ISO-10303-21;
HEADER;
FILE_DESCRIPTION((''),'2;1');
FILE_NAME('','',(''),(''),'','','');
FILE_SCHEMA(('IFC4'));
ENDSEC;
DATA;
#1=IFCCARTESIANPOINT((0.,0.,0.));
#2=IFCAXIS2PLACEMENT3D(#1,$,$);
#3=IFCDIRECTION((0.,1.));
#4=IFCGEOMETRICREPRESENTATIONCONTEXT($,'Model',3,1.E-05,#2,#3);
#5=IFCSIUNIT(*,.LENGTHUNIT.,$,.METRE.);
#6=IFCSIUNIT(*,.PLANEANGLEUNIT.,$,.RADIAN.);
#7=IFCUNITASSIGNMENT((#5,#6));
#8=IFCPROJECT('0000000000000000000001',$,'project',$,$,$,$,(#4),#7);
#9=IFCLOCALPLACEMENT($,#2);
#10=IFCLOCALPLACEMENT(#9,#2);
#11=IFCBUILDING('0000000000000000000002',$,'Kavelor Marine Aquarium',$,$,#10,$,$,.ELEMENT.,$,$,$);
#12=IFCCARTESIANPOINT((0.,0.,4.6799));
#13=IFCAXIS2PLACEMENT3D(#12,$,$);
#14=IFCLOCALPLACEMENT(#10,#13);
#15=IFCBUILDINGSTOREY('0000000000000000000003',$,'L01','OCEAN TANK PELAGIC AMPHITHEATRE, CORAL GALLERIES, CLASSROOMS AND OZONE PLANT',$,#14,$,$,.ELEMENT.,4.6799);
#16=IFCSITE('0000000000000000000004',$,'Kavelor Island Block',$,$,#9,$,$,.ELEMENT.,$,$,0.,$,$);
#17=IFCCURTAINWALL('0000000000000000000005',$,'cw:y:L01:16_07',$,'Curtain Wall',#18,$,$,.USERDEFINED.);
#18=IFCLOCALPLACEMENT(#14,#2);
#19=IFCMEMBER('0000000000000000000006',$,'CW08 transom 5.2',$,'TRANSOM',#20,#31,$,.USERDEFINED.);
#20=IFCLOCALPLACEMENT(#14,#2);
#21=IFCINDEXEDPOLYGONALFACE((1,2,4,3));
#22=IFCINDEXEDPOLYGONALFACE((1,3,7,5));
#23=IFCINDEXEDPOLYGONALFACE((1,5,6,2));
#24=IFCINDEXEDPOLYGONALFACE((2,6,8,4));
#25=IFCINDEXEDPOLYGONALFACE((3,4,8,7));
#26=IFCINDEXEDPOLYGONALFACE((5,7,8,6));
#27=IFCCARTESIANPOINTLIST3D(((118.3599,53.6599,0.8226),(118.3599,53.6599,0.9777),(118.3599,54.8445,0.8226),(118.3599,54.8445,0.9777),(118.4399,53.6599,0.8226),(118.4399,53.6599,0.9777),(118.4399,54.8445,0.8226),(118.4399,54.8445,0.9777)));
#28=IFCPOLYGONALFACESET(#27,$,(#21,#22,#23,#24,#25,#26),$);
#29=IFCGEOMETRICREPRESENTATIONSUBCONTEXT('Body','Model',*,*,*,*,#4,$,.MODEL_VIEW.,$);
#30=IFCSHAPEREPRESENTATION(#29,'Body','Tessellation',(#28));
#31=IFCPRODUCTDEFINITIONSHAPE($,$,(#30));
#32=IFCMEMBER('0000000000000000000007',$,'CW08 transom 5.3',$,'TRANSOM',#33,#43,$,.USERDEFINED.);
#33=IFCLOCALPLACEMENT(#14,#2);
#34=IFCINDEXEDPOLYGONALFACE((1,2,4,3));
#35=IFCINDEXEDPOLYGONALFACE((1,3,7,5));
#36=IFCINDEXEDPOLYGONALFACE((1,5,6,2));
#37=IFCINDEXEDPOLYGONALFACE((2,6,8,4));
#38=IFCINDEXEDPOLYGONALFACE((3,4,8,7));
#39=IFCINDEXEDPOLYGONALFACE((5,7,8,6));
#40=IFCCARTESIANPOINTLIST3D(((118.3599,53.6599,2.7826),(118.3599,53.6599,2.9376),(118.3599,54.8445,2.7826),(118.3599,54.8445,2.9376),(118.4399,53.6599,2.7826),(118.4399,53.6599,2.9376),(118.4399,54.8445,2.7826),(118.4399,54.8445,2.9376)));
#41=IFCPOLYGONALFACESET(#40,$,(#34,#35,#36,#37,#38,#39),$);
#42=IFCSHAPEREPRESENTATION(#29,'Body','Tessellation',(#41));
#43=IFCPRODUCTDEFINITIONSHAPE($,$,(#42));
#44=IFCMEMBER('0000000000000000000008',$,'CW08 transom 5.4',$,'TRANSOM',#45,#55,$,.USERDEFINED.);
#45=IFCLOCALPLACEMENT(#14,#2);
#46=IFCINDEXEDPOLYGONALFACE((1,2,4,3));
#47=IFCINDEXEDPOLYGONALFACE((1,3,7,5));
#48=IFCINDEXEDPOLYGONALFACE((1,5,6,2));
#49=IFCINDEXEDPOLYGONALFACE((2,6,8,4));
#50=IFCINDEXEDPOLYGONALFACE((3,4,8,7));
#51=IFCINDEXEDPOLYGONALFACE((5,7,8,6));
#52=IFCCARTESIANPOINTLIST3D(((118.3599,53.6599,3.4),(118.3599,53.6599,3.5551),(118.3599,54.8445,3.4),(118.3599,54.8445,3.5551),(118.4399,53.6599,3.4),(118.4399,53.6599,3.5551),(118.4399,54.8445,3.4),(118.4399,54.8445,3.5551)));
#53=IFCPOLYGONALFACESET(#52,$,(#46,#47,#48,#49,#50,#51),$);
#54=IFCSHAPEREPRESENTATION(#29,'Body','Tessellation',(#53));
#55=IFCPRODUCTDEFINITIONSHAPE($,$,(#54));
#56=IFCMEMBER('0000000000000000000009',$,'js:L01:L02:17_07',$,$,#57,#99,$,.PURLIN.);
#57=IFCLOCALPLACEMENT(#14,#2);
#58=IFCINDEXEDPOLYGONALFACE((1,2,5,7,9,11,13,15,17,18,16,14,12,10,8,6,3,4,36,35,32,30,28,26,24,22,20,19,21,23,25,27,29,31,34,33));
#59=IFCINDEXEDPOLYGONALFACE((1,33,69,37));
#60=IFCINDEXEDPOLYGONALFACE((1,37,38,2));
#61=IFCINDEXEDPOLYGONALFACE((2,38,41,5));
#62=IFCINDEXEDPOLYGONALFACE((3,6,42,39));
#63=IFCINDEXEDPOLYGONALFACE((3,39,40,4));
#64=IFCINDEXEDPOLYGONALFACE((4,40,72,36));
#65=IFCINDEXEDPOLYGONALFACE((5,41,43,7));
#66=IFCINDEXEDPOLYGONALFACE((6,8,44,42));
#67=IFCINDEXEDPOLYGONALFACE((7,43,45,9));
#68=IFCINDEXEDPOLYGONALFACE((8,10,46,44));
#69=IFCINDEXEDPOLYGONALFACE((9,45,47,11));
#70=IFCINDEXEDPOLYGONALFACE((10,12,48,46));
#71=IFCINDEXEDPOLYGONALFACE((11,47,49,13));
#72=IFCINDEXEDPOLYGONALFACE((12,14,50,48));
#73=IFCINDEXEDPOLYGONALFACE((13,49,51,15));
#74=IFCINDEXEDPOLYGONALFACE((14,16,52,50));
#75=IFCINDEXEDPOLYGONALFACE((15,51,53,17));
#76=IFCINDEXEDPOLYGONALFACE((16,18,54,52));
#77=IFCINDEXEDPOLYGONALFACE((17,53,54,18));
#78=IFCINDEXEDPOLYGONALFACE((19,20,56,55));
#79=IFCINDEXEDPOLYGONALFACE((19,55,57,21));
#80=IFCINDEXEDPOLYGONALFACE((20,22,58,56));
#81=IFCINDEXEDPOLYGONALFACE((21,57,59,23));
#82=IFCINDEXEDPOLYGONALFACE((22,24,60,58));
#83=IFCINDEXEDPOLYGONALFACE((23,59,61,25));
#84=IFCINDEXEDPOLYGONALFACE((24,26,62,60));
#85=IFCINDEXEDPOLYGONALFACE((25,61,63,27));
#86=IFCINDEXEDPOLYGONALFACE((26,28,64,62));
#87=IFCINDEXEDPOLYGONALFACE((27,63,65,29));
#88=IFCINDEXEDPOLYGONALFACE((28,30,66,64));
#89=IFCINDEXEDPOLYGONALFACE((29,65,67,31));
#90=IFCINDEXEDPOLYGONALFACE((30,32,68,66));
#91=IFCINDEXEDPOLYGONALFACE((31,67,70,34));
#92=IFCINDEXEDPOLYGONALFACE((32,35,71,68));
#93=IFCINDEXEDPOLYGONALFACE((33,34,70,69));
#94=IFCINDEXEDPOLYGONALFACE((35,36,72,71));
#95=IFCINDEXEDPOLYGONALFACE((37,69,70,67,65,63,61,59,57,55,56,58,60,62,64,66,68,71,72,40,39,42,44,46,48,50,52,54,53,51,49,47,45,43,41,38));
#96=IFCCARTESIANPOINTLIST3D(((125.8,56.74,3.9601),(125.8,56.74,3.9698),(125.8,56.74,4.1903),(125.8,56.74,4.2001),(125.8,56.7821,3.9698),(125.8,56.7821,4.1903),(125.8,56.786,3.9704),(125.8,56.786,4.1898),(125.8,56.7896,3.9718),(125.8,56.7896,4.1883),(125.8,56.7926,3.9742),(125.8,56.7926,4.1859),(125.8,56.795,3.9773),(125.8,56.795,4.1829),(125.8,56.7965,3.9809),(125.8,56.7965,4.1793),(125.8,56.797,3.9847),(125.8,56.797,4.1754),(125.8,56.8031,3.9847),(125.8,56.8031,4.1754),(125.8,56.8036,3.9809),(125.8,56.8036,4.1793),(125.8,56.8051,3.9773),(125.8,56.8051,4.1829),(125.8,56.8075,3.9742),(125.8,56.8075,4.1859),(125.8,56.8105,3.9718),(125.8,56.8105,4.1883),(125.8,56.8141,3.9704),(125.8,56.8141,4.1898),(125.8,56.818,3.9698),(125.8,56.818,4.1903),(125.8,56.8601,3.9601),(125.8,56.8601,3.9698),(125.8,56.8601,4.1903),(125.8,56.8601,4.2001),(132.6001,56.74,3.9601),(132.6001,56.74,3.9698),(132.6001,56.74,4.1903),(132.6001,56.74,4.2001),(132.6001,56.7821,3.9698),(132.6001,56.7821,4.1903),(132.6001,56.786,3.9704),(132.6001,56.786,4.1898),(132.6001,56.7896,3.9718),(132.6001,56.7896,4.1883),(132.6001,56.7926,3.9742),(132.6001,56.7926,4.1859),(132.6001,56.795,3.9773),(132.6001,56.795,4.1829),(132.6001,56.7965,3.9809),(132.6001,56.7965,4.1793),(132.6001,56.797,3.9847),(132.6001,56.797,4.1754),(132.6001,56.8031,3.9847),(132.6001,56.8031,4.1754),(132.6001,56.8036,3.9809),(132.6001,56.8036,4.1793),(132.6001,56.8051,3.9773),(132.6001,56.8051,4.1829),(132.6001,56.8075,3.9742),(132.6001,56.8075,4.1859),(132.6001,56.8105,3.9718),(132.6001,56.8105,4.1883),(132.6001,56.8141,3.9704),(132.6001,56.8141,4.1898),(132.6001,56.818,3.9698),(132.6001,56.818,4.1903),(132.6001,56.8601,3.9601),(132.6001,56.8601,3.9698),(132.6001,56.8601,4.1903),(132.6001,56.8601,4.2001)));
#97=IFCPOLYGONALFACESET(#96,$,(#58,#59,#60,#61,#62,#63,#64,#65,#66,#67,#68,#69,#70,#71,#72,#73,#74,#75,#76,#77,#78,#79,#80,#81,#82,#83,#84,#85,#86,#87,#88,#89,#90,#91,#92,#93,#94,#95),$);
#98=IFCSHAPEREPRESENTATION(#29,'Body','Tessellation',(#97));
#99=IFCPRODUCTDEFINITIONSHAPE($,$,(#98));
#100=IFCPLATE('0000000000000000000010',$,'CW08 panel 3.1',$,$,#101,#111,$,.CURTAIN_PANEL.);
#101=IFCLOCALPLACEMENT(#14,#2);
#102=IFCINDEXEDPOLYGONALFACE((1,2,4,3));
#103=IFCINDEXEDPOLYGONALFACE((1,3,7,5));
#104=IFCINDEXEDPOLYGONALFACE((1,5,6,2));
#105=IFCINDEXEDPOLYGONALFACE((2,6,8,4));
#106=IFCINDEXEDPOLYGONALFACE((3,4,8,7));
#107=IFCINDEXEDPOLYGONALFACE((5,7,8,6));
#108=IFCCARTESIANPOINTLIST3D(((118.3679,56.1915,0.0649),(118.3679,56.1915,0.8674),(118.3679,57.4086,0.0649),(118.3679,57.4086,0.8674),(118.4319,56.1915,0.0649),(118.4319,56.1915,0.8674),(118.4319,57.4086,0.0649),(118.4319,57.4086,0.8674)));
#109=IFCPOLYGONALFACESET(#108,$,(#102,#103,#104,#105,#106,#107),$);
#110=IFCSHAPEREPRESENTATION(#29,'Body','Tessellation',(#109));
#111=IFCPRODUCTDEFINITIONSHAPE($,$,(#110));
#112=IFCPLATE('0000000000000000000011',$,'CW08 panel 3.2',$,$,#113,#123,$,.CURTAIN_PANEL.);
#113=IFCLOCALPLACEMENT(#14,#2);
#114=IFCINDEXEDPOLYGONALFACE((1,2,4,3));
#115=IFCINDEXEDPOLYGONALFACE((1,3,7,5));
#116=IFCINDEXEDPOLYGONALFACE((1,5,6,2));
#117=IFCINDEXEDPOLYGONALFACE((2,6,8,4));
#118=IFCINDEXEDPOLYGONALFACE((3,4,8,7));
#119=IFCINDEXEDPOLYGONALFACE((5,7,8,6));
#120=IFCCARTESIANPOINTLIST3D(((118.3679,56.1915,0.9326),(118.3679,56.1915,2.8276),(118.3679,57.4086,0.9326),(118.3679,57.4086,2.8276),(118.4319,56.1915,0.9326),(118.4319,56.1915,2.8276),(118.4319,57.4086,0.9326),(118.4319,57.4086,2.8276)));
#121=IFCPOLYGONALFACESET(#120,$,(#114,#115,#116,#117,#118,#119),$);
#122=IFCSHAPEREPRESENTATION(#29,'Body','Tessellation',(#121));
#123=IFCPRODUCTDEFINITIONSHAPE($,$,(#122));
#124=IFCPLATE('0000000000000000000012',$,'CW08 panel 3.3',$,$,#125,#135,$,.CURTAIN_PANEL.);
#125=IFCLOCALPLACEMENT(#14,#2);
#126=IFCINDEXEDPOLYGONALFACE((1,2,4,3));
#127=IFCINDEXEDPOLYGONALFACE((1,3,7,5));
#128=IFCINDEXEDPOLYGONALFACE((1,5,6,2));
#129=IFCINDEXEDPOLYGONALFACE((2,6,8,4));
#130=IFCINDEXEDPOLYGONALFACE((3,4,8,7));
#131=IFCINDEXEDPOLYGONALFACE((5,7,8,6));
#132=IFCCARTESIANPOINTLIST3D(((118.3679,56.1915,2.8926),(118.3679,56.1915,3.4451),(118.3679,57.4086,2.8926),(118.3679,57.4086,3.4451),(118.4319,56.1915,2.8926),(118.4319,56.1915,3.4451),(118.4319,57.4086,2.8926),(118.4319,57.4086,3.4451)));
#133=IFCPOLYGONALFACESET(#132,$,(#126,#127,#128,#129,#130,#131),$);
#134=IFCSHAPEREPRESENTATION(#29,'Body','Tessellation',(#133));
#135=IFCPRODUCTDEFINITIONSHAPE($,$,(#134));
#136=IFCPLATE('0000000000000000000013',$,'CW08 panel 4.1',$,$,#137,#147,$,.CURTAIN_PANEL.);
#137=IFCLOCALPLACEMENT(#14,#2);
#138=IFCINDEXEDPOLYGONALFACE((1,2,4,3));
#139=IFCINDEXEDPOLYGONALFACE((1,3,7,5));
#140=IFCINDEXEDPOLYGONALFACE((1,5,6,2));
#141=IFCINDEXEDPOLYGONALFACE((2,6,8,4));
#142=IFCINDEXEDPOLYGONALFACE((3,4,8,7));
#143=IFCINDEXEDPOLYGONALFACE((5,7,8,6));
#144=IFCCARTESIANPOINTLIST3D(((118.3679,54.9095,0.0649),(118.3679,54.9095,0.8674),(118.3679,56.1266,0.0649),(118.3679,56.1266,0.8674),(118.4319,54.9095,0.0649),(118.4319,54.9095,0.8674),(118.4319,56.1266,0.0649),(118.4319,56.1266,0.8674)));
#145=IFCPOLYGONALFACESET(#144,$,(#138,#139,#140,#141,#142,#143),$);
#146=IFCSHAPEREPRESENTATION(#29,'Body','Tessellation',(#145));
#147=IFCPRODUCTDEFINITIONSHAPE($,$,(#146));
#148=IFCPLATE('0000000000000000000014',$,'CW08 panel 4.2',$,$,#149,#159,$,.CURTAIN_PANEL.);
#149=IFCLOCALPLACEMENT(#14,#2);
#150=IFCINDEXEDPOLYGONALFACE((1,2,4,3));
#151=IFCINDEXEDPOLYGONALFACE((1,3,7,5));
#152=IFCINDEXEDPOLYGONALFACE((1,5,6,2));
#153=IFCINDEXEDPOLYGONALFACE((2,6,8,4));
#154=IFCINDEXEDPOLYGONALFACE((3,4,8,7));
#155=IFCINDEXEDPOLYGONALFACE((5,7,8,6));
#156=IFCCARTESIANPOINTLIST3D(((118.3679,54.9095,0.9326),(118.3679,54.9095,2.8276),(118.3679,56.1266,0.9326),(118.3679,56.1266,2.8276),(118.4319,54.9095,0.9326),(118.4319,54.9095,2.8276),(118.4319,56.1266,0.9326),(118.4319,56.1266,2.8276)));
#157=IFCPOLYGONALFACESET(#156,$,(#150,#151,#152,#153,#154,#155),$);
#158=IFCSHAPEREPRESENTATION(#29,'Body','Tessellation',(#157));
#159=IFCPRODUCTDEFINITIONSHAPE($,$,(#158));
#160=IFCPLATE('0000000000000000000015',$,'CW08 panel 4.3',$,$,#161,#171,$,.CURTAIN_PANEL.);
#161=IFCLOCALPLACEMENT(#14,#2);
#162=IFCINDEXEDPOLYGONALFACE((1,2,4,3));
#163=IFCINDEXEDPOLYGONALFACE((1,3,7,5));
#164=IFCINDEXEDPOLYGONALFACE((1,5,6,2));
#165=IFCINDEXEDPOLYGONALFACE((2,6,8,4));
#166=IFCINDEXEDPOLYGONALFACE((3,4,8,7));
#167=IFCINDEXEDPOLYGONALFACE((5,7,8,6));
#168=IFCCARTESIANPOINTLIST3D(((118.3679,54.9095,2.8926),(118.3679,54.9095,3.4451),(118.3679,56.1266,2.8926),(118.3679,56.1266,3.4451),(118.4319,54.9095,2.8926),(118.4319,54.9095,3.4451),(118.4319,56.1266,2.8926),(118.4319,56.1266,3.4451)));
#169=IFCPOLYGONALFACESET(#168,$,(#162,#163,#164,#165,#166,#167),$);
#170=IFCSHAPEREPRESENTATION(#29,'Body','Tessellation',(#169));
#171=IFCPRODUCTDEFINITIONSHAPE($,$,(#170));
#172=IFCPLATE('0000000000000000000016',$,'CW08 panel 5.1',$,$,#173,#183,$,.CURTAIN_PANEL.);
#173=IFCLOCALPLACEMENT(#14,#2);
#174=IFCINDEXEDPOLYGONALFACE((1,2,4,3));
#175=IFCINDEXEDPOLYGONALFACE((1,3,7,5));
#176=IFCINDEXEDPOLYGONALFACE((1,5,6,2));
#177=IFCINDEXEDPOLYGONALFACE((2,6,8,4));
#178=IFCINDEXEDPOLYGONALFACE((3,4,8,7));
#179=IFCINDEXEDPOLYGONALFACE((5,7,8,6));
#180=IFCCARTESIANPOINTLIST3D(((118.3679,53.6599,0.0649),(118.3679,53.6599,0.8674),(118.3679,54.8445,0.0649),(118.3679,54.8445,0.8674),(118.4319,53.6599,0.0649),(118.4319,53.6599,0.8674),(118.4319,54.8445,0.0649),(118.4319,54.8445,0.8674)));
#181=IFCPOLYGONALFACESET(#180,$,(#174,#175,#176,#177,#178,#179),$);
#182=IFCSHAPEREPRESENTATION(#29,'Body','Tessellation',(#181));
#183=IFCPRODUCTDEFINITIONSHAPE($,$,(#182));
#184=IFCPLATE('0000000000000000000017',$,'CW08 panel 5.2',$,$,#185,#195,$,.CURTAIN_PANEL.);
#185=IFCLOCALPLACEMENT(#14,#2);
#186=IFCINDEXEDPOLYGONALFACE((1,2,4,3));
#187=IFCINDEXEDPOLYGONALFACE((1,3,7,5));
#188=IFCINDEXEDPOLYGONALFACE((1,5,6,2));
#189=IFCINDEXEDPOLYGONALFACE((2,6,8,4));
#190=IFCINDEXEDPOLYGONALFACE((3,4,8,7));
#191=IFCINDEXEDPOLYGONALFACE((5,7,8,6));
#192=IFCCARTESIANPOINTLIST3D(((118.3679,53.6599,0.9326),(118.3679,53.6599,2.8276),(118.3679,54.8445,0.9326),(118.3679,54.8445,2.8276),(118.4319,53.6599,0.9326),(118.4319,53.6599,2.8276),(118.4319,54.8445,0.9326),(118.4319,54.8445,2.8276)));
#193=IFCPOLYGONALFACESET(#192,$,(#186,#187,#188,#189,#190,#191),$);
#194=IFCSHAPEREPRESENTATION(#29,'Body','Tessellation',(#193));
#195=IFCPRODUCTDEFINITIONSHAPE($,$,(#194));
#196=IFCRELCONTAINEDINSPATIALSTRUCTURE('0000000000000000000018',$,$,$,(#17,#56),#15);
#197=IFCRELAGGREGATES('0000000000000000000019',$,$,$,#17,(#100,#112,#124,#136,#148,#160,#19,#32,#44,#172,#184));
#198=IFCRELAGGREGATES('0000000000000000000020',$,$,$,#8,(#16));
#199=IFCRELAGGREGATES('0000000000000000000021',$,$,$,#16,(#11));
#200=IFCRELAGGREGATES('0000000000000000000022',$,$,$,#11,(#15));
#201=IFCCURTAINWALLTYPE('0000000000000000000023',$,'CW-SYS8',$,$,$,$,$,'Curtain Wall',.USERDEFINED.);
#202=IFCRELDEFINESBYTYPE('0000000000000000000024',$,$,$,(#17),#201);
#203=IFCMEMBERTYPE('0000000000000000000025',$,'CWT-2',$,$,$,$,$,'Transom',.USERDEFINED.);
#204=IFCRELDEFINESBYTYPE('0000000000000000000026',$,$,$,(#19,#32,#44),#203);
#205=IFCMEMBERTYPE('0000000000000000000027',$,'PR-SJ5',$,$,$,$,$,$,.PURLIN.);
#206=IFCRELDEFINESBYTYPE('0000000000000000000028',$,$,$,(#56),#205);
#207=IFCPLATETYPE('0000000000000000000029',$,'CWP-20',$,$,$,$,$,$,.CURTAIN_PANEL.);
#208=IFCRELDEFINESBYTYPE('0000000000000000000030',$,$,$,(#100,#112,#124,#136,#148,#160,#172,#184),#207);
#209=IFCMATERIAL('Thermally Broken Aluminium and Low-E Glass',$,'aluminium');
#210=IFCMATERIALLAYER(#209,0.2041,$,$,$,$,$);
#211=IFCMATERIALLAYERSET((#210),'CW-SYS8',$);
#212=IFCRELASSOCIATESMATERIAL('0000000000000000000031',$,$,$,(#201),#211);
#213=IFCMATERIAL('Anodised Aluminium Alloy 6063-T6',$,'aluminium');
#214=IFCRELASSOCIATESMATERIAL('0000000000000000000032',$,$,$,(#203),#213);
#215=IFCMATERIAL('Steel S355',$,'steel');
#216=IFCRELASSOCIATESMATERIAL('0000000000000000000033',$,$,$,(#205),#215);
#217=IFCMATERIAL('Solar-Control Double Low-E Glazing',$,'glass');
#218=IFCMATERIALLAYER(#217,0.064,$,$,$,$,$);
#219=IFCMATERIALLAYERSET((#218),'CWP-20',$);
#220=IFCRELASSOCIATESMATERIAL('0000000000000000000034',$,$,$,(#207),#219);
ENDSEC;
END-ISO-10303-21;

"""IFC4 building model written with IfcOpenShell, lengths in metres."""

from ifc_helpers import new_model, si_unit, direction, frame, origin, origin_2d, place, context, subcontext, project, spatial, rectangle, i_section, extrude, material, layer, layer_set, material_profile, profile_set, type_object, element, aggregate, save


model = new_model("IFC4")

# Units and contexts
model_context = context("Model", 3, precision=1e-05, world=origin(), true_north=direction((0.0, 1.0)))
body_context = subcontext(model_context, "Body", "Model", "MODEL_VIEW")
ifc_project = project(units=[si_unit("LENGTHUNIT", "METRE"), si_unit("PLANEANGLEUNIT", "RADIAN")], contexts=[model_context])

# Site, building, storey
site_placement = place(None, origin())
site = spatial("IfcSite", under=ifc_project, at=site_placement, Name="Kavelor Island Block", CompositionType="ELEMENT", RefElevation=0.0)
building_placement = place(site_placement, origin())
building = spatial("IfcBuilding", under=site, at=building_placement, Name="Kavelor Marine Aquarium", CompositionType="ELEMENT")
storey_placement = place(building_placement, frame((0.0, 0.0, 4.6799)))
storey = spatial("IfcBuildingStorey", under=building, at=storey_placement, Name="L01", Description="OCEAN TANK PELAGIC AMPHITHEATRE, CORAL GALLERIES, CLASSROOMS AND OZONE PLANT", CompositionType="ELEMENT", Elevation=4.6799)

# Curtain wall, members
ifc_material_1 = material(Name="Thermally Broken Aluminium and Low-E Glass", Category="aluminium")
ifc_layer_1 = layer(ifc_material_1, 0.2041)
ifc_layer_set_1 = layer_set([ifc_layer_1], Name="CW-SYS8")
curtain_wall_type = type_object("IfcCurtainWallType", Name="CW-SYS8", ElementType="Curtain Wall", PredefinedType="USERDEFINED", material=ifc_layer_set_1)
curtain_wall_placement = place(storey_placement, origin())
curtain_wall = element("IfcCurtainWall", 1, at=curtain_wall_placement, inside=storey, type_object=curtain_wall_type, Name="cw:y:L01:16_07", ObjectType="Curtain Wall", PredefinedType="USERDEFINED")
ifc_material_2 = material(Name="Anodised Aluminium Alloy 6063-T6", Category="aluminium")
ifc_material_profile_1 = material_profile(ifc_material_2, rectangle(XDim=0.0801, YDim=0.155, at=origin_2d()), Name="CW-TRN 80x155")
ifc_profile_set_1 = profile_set([ifc_material_profile_1], Name="Anodised Aluminium Alloy 6063-T6")
member_type_1 = type_object("IfcMemberType", Name="CWT-2", ElementType="Transom", PredefinedType="USERDEFINED", material=ifc_profile_set_1)
member_1_placement = place(storey_placement, frame((118.3999, 54.8445, 0.9001), z_axis=(0.0, -1.0, 0.0), x_axis=(1.0, 0.0, 0.0)))
member_1 = element("IfcMember", 2, at=member_1_placement, type_object=member_type_1, Name="CW08 transom 5.2", ObjectType="TRANSOM", PredefinedType="USERDEFINED", context=body_context, shape_type="SweptSolid", body=[
    extrude(rectangle(XDim=0.0801, YDim=0.155, at=origin_2d()), origin(), (0.0, 0.0, 1.0), 1.1846),
])
member_2_placement = place(storey_placement, frame((118.3999, 54.8445, 2.8601), z_axis=(0.0, -1.0, 0.0), x_axis=(1.0, 0.0, 0.0)))
member_2 = element("IfcMember", 3, at=member_2_placement, type_object=member_type_1, Name="CW08 transom 5.3", ObjectType="TRANSOM", PredefinedType="USERDEFINED", context=body_context, shape_type="SweptSolid", body=[
    extrude(rectangle(XDim=0.0801, YDim=0.155, at=origin_2d()), origin(), (0.0, 0.0, 1.0), 1.1846),
])
member_3_placement = place(storey_placement, frame((118.3999, 54.8445, 3.4775), z_axis=(0.0, -1.0, 0.0), x_axis=(1.0, 0.0, 0.0)))
member_3 = element("IfcMember", 4, at=member_3_placement, type_object=member_type_1, Name="CW08 transom 5.4", ObjectType="TRANSOM", PredefinedType="USERDEFINED", context=body_context, shape_type="SweptSolid", body=[
    extrude(rectangle(XDim=0.0801, YDim=0.155, at=origin_2d()), origin(), (0.0, 0.0, 1.0), 1.1846),
])

# Member
ifc_material_3 = material(Name="Steel S355", Category="steel")
ifc_material_profile_2 = material_profile(ifc_material_3, i_section(OverallWidth=0.1201, OverallDepth=0.24, WebThickness=0.0061, FlangeThickness=0.0098, FilletRadius=0.0149, at=origin_2d()), Name="IPE 240")
ifc_profile_set_2 = profile_set([ifc_material_profile_2], Name="Steel S355")
member_type_2 = type_object("IfcMemberType", Name="PR-SJ5", PredefinedType="PURLIN", material=ifc_profile_set_2)
member_4_placement = place(storey_placement, frame((125.8, 56.8, 4.0801), z_axis=(1.0, 0.0, 0.0), x_axis=(0.0, 1.0, 0.0)))
element("IfcMember", 5, at=member_4_placement, inside=storey, type_object=member_type_2, Name="js:L01:L02:17_07", PredefinedType="PURLIN", context=body_context, shape_type="SweptSolid", body=[
    extrude(i_section(OverallWidth=0.1201, OverallDepth=0.24, WebThickness=0.0061, FlangeThickness=0.0098, FilletRadius=0.0149, at=origin_2d()), origin(), (0.0, 0.0, 1.0), 6.8),
])

# Plates
ifc_material_4 = material(Name="Solar-Control Double Low-E Glazing", Category="glass")
ifc_layer_2 = layer(ifc_material_4, 0.064)
ifc_layer_set_2 = layer_set([ifc_layer_2], Name="CWP-20")
plate_type = type_object("IfcPlateType", Name="CWP-20", PredefinedType="CURTAIN_PANEL", material=ifc_layer_set_2)
plate_1_placement = place(storey_placement, frame((118.3999, 56.8, 0.0649), z_axis=(0.0, 0.0, 1.0), x_axis=(0.0, -1.0, 0.0)))
plate_1 = element("IfcPlate", 6, at=plate_1_placement, type_object=plate_type, Name="CW08 panel 3.1", PredefinedType="CURTAIN_PANEL", context=body_context, shape_type="SweptSolid", body=[
    extrude(rectangle(XDim=1.217, YDim=0.064, at=origin_2d()), origin(), (0.0, 0.0, 1.0), 0.8025),
])
plate_2_placement = place(storey_placement, frame((118.3999, 56.8, 0.9326), z_axis=(0.0, 0.0, 1.0), x_axis=(0.0, -1.0, 0.0)))
plate_2 = element("IfcPlate", 7, at=plate_2_placement, type_object=plate_type, Name="CW08 panel 3.2", PredefinedType="CURTAIN_PANEL", context=body_context, shape_type="SweptSolid", body=[
    extrude(rectangle(XDim=1.217, YDim=0.064, at=origin_2d()), origin(), (0.0, 0.0, 1.0), 1.895),
])
plate_3_placement = place(storey_placement, frame((118.3999, 56.8, 2.8926), z_axis=(0.0, 0.0, 1.0), x_axis=(0.0, -1.0, 0.0)))
plate_3 = element("IfcPlate", 8, at=plate_3_placement, type_object=plate_type, Name="CW08 panel 3.3", PredefinedType="CURTAIN_PANEL", context=body_context, shape_type="SweptSolid", body=[
    extrude(rectangle(XDim=1.217, YDim=0.064, at=origin_2d()), origin(), (0.0, 0.0, 1.0), 0.5525),
])
plate_4_placement = place(storey_placement, frame((118.3999, 55.5181, 0.0649), z_axis=(0.0, 0.0, 1.0), x_axis=(0.0, -1.0, 0.0)))
plate_4 = element("IfcPlate", 9, at=plate_4_placement, type_object=plate_type, Name="CW08 panel 4.1", PredefinedType="CURTAIN_PANEL", context=body_context, shape_type="SweptSolid", body=[
    extrude(rectangle(XDim=1.217, YDim=0.064, at=origin_2d()), origin(), (0.0, 0.0, 1.0), 0.8025),
])
plate_5_placement = place(storey_placement, frame((118.3999, 55.5181, 0.9326), z_axis=(0.0, 0.0, 1.0), x_axis=(0.0, -1.0, 0.0)))
plate_5 = element("IfcPlate", 10, at=plate_5_placement, type_object=plate_type, Name="CW08 panel 4.2", PredefinedType="CURTAIN_PANEL", context=body_context, shape_type="SweptSolid", body=[
    extrude(rectangle(XDim=1.217, YDim=0.064, at=origin_2d()), origin(), (0.0, 0.0, 1.0), 1.895),
])
plate_6_placement = place(storey_placement, frame((118.3999, 55.5181, 2.8926), z_axis=(0.0, 0.0, 1.0), x_axis=(0.0, -1.0, 0.0)))
plate_6 = element("IfcPlate", 11, at=plate_6_placement, type_object=plate_type, Name="CW08 panel 4.3", PredefinedType="CURTAIN_PANEL", context=body_context, shape_type="SweptSolid", body=[
    extrude(rectangle(XDim=1.217, YDim=0.064, at=origin_2d()), origin(), (0.0, 0.0, 1.0), 0.5525),
])
plate_7_placement = place(storey_placement, frame((118.3999, 54.2522, 0.0649), z_axis=(0.0, 0.0, 1.0), x_axis=(0.0, -1.0, 0.0)))
plate_7 = element("IfcPlate", 12, at=plate_7_placement, type_object=plate_type, Name="CW08 panel 5.1", PredefinedType="CURTAIN_PANEL", context=body_context, shape_type="SweptSolid", body=[
    extrude(rectangle(XDim=1.1846, YDim=0.064, at=origin_2d()), origin(), (0.0, 0.0, 1.0), 0.8025),
])
plate_8_placement = place(storey_placement, frame((118.3999, 54.2522, 0.9326), z_axis=(0.0, 0.0, 1.0), x_axis=(0.0, -1.0, 0.0)))
plate_8 = element("IfcPlate", 13, at=plate_8_placement, type_object=plate_type, Name="CW08 panel 5.2", PredefinedType="CURTAIN_PANEL", context=body_context, shape_type="SweptSolid", body=[
    extrude(rectangle(XDim=1.1846, YDim=0.064, at=origin_2d()), origin(), (0.0, 0.0, 1.0), 1.895),
])
aggregate(curtain_wall, [plate_1, plate_2, plate_3, plate_4, plate_5, plate_6, member_1, member_2, member_3, plate_7, plate_8])

save(model, "model.ifc")
